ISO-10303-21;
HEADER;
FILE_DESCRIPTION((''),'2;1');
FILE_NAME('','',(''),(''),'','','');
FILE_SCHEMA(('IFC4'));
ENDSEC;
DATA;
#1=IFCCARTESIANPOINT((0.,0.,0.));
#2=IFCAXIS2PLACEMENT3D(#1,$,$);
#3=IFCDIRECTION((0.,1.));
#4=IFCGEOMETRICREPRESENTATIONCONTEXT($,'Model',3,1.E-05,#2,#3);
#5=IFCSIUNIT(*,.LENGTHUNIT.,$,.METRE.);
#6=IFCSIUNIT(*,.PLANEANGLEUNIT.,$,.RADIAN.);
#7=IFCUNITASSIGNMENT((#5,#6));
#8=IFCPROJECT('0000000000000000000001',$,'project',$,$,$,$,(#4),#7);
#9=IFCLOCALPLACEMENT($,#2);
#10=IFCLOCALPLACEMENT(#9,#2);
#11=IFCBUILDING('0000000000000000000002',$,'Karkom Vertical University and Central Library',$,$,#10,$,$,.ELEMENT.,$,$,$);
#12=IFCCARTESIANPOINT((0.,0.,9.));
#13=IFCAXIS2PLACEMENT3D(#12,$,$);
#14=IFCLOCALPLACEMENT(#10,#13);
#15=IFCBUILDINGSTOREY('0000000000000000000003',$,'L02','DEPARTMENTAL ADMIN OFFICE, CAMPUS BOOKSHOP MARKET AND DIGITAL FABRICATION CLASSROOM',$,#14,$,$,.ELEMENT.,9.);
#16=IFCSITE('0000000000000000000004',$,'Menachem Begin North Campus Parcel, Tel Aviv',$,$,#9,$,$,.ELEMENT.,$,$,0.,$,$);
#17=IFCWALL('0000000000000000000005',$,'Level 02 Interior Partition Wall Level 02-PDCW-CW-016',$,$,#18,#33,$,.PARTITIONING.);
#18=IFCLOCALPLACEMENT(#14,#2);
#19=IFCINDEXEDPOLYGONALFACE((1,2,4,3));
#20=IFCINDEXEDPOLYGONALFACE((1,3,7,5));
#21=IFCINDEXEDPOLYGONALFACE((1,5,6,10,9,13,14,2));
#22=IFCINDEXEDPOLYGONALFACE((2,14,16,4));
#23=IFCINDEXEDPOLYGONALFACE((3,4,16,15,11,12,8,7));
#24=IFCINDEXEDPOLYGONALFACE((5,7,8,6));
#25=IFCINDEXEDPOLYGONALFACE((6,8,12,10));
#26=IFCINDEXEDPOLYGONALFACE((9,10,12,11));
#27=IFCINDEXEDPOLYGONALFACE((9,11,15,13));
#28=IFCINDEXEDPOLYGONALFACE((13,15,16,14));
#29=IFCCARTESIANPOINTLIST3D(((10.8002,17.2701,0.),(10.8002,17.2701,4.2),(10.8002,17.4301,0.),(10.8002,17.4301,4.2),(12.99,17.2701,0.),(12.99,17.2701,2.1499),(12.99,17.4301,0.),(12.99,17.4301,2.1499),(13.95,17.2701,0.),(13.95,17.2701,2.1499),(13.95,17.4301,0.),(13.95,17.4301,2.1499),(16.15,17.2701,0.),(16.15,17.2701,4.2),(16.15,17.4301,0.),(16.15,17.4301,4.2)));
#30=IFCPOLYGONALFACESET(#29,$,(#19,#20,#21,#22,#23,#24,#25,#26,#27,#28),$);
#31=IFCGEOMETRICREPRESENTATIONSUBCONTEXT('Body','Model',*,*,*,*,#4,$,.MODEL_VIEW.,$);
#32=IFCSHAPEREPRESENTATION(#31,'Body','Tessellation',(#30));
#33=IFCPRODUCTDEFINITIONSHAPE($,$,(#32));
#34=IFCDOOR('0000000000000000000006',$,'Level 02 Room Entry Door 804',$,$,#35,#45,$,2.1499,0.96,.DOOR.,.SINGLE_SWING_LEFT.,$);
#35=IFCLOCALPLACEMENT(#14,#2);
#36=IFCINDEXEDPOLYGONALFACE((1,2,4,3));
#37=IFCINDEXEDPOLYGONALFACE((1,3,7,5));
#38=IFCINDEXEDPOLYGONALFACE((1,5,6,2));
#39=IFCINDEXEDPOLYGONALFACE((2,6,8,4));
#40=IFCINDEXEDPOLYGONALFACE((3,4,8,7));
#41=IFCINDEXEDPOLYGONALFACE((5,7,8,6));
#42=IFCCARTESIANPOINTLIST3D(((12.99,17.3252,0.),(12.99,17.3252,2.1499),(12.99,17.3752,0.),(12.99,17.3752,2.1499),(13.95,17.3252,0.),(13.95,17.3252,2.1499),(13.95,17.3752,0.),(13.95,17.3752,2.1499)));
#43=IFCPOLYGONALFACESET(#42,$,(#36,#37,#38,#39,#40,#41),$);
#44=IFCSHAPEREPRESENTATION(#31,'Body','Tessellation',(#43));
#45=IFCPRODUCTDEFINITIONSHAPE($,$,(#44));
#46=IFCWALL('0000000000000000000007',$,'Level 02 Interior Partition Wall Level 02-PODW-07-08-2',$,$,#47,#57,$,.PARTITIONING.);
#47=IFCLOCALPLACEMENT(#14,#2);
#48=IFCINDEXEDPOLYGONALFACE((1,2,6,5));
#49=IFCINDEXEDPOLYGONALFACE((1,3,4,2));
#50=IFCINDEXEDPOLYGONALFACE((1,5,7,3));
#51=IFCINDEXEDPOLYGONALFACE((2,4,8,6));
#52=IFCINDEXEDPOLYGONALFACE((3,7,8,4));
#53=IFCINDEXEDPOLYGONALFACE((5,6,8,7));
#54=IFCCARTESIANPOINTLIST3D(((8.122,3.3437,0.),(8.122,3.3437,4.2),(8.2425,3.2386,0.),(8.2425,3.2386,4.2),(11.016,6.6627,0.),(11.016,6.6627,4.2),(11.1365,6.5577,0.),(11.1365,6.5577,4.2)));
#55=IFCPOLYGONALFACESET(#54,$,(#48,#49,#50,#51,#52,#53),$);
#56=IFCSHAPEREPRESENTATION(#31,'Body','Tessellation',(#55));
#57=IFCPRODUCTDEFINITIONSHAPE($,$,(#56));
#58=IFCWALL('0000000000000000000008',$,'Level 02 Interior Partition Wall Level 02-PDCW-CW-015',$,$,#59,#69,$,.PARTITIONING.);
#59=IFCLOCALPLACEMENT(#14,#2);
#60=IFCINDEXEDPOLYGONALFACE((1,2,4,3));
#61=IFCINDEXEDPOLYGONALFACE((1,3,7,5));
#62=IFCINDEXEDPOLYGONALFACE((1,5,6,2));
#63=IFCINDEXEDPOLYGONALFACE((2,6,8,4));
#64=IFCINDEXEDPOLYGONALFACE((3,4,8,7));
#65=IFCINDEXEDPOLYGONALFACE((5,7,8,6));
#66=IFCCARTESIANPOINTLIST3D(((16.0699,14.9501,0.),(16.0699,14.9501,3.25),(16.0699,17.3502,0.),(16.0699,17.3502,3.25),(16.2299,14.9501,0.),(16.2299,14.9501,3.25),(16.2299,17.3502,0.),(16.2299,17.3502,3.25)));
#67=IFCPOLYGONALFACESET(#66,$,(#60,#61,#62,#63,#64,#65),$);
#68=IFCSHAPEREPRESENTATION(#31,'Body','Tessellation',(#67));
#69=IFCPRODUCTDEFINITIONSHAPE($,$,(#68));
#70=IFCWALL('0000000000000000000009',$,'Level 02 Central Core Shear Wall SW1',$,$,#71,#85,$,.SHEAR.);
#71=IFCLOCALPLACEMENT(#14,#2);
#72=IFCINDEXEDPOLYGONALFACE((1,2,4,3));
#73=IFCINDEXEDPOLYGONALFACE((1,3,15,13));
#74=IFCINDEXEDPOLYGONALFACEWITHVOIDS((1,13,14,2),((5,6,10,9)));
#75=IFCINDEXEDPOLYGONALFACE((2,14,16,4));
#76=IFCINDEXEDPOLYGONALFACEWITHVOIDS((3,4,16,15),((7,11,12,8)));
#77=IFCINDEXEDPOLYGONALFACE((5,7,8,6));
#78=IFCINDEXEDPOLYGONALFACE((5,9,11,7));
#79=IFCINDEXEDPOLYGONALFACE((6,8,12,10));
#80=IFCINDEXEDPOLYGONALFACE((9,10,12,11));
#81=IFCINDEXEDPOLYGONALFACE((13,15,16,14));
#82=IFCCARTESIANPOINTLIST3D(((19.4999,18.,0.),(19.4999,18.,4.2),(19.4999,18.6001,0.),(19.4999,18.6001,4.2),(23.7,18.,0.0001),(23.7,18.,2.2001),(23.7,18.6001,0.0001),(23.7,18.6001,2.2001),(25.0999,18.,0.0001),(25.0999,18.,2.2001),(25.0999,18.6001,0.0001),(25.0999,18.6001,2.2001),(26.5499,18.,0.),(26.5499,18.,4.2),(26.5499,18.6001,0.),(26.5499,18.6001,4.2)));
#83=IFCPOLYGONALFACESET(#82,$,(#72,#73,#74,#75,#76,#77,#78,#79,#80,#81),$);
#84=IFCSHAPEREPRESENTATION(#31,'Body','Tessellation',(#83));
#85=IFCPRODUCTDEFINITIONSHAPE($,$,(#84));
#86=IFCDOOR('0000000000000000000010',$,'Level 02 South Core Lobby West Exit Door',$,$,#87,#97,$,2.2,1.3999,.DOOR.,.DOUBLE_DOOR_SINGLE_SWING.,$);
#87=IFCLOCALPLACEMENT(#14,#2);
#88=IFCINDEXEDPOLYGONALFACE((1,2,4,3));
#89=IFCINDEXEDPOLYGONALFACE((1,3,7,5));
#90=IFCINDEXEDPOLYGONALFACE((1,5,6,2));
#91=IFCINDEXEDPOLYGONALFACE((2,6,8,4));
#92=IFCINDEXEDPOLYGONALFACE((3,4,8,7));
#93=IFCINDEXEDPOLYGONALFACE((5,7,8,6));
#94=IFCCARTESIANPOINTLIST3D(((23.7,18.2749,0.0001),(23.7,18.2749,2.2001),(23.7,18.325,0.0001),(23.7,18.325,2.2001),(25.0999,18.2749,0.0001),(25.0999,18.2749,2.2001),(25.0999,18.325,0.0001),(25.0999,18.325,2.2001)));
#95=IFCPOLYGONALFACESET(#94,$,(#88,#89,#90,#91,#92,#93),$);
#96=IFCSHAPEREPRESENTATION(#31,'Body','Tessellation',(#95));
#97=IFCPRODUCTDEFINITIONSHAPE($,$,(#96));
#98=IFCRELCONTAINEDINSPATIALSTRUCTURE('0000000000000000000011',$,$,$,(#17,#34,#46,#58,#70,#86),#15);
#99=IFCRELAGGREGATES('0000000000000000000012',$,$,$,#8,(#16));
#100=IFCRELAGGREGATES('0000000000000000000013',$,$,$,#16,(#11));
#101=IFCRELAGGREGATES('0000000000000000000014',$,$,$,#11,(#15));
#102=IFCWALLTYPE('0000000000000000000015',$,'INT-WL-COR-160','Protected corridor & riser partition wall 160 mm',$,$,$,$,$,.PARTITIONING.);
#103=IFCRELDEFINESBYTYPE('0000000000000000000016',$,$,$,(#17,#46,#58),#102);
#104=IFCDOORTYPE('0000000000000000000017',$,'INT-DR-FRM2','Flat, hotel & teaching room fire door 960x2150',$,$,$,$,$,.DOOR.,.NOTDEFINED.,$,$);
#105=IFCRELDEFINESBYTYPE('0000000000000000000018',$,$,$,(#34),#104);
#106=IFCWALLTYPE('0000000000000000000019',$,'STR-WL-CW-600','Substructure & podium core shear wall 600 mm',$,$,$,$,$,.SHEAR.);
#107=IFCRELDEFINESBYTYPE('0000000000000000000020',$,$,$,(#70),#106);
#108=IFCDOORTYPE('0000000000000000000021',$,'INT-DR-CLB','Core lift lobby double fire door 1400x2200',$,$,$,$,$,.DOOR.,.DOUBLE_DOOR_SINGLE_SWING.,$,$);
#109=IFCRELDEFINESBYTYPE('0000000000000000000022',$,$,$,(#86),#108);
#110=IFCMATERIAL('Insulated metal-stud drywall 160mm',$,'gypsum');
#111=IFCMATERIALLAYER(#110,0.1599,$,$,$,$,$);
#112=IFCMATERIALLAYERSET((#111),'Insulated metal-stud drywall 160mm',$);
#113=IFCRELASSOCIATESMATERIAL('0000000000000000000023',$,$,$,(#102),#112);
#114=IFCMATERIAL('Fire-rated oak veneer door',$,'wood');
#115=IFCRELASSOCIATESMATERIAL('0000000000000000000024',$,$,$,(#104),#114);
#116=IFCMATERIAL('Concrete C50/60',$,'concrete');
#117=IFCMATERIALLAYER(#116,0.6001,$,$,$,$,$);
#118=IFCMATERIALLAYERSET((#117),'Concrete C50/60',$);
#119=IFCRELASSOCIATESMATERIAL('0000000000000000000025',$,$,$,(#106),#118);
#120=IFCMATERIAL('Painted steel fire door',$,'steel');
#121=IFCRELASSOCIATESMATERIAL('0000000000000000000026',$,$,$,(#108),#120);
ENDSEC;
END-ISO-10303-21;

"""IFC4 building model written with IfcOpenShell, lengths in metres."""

from ifc_helpers import new_model, si_unit, direction, frame, frame_2d, origin, origin_with_axes, place, context, subcontext, project, spatial, rectangle, extrude, source, transform, mapped, material, layer, layer_set, type_object, element, fill, save


model = new_model("IFC4")

# Units and contexts
model_context = context("Model", 3, precision=1e-05, world=origin(), true_north=direction((0.0, 1.0)))
body_context = subcontext(model_context, "Body", "Model", "MODEL_VIEW")
ifc_project = project(units=[si_unit("LENGTHUNIT", "METRE"), si_unit("PLANEANGLEUNIT", "RADIAN")], contexts=[model_context])

# Site, building, storey
site_placement = place(None, origin())
site = spatial("IfcSite", under=ifc_project, at=site_placement, Name="Menachem Begin North Campus Parcel, Tel Aviv", CompositionType="ELEMENT", RefElevation=0.0)
building_placement = place(site_placement, origin())
building = spatial("IfcBuilding", under=site, at=building_placement, Name="Karkom Vertical University and Central Library", CompositionType="ELEMENT")
storey_placement = place(building_placement, frame((0.0, 0.0, 9.0)))
storey = spatial("IfcBuildingStorey", under=building, at=storey_placement, Name="L02", Description="DEPARTMENTAL ADMIN OFFICE, CAMPUS BOOKSHOP MARKET AND DIGITAL FABRICATION CLASSROOM", CompositionType="ELEMENT", Elevation=9.0)

# Shared definitions
ifc_material_1 = material(Name="Concrete C50/60", Category="concrete")

# Shared definitions
ifc_material_2 = material(Name="Insulated metal-stud drywall 160mm", Category="gypsum")
ifc_layer_1 = layer(ifc_material_2, 0.1599)
ifc_layer_set_1 = layer_set([ifc_layer_1], Name="Insulated metal-stud drywall 160mm")
wall_type_1 = type_object("IfcWallType", Name="INT-WL-COR-160", Description="Protected corridor & riser partition wall 160 mm", PredefinedType="PARTITIONING", material=ifc_layer_set_1)

# Shared definitions
ifc_material_3 = material(Name="Fire-rated oak veneer door", Category="wood")
door_type_1 = type_object("IfcDoorType", Name="INT-DR-FRM2", Description="Flat, hotel & teaching room fire door 960x2150", OperationType="NOTDEFINED", PredefinedType="DOOR", material=ifc_material_3)
shared_shape_1 = source(origin_with_axes(), body_context, "Body", "SweptSolid", [
    extrude(rectangle(XDim=0.96, YDim=2.1499, at=frame_2d((0.48, 1.075))), frame((0.0, 0.0249, 0.0), z_axis=(0.0, -1.0, 0.0), x_axis=(1.0, 0.0, 0.0)), (0.0, 0.0, 1.0), 0.05),
])

# Wall, opening, door
wall_1_placement = place(storey_placement, frame((16.1499, 17.3501, 0.0), z_axis=(0.0, 0.0, 1.0), x_axis=(-1.0, 0.0, 0.0)))
wall_1 = element("IfcWall", 1, at=wall_1_placement, inside=storey, type_object=wall_type_1, Name="Level 02 Interior Partition Wall Level 02-PDCW-CW-016", PredefinedType="PARTITIONING", context=body_context, shape_type="SweptSolid", body=[
    extrude(rectangle(XDim=5.3499, YDim=0.1599, at=frame_2d((2.6748, 0.0))), origin(), (0.0, 0.0, 1.0), 4.2),
])
opening_1_placement = place(wall_1_placement, frame((2.2, 0.0, 0.0)))
opening_1 = element("IfcOpeningElement", 2, at=opening_1_placement, cuts=wall_1, PredefinedType="OPENING", context=body_context, shape_type="SweptSolid", body=[
    extrude(rectangle(XDim=0.96, YDim=2.1499, at=frame_2d((0.48, 1.075))), frame((0.0, 0.0898, 0.0), z_axis=(0.0, -1.0, 0.0), x_axis=(1.0, 0.0, 0.0)), (0.0, 0.0, 1.0), 0.1799),
])
door_1_placement = place(opening_1_placement, origin())
door_1 = element("IfcDoor", 3, at=door_1_placement, inside=storey, type_object=door_type_1, Name="Level 02 Room Entry Door 804", OperationType="SINGLE_SWING_LEFT", OverallHeight=2.1499, OverallWidth=0.96, PredefinedType="DOOR", context=body_context, shape_type="MappedRepresentation", body=[
    mapped(shared_shape_1, transform((0.0, 0.0, 0.0), scale=1.0)),
])
fill(opening_1, door_1)

# Wall
wall_2_placement = place(storey_placement, frame((11.0762, 6.6101, 0.0), z_axis=(0.0, 0.0, 1.0), x_axis=(-0.657197, -0.753719, 0.0)))
element("IfcWall", 4, at=wall_2_placement, inside=storey, type_object=wall_type_1, Name="Level 02 Interior Partition Wall Level 02-PODW-07-08-2", PredefinedType="PARTITIONING", context=body_context, shape_type="SweptSolid", body=[
    extrude(rectangle(XDim=4.4036, YDim=0.1599, at=frame_2d((2.2017, 0.0))), origin(), (0.0, 0.0, 1.0), 4.2),
])

# Wall
wall_3_placement = place(storey_placement, frame((16.1499, 14.95, 0.0), z_axis=(0.0, 0.0, 1.0), x_axis=(0.0, 1.0, 0.0)))
element("IfcWall", 5, at=wall_3_placement, inside=storey, type_object=wall_type_1, Name="Level 02 Interior Partition Wall Level 02-PDCW-CW-015", PredefinedType="PARTITIONING", context=body_context, shape_type="SweptSolid", body=[
    extrude(rectangle(XDim=2.4001, YDim=0.1599, at=frame_2d((1.2002, 0.0))), origin(), (0.0, 0.0, 1.0), 3.25),
])

# Wall, opening, door
ifc_layer_2 = layer(ifc_material_1, 0.6001)
ifc_layer_set_2 = layer_set([ifc_layer_2], Name="Concrete C50/60")
wall_type_2 = type_object("IfcWallType", Name="STR-WL-CW-600", Description="Substructure & podium core shear wall 600 mm", PredefinedType="SHEAR", material=ifc_layer_set_2)
wall_4_placement = place(storey_placement, frame((19.5, 18.3, 0.0), z_axis=(0.0, 0.0, 1.0), x_axis=(1.0, 0.0, 0.0)))
wall_4 = element("IfcWall", 6, at=wall_4_placement, inside=storey, type_object=wall_type_2, Name="Level 02 Central Core Shear Wall SW1", PredefinedType="SHEAR", context=body_context, shape_type="SweptSolid", body=[
    extrude(rectangle(XDim=7.05, YDim=0.6001, at=frame_2d((3.5249, 0.0))), origin(), (0.0, 0.0, 1.0), 4.2),
])
opening_2_placement = place(wall_4_placement, frame((4.2, 0.0, 0.0)))
opening_2 = element("IfcOpeningElement", 7, at=opening_2_placement, cuts=wall_4, PredefinedType="OPENING", context=body_context, shape_type="SweptSolid", body=[
    extrude(rectangle(XDim=1.3999, YDim=2.2, at=frame_2d((0.7, 1.1001))), frame((0.0, 0.3101, 0.0), z_axis=(0.0, -1.0, 0.0), x_axis=(1.0, 0.0, 0.0)), (0.0, 0.0, 1.0), 0.6201),
])
ifc_material_4 = material(Name="Painted steel fire door", Category="steel")
door_type_2 = type_object("IfcDoorType", Name="INT-DR-CLB", Description="Core lift lobby double fire door 1400x2200", OperationType="DOUBLE_DOOR_SINGLE_SWING", PredefinedType="DOOR", material=ifc_material_4)
shared_shape_2 = source(origin_with_axes(), body_context, "Body", "SweptSolid", [
    extrude(rectangle(XDim=1.3999, YDim=2.2, at=frame_2d((0.7, 1.1001))), frame((0.0, 0.0249, 0.0), z_axis=(0.0, -1.0, 0.0), x_axis=(1.0, 0.0, 0.0)), (0.0, 0.0, 1.0), 0.05),
])
door_2_placement = place(opening_2_placement, origin())
door_2 = element("IfcDoor", 8, at=door_2_placement, inside=storey, type_object=door_type_2, Name="Level 02 South Core Lobby West Exit Door", OperationType="DOUBLE_DOOR_SINGLE_SWING", OverallHeight=2.2, OverallWidth=1.3999, PredefinedType="DOOR", context=body_context, shape_type="MappedRepresentation", body=[
    mapped(shared_shape_2, transform((0.0, 0.0, 0.0), scale=1.0)),
])
fill(opening_2, door_2)

save(model, "model.ifc")
